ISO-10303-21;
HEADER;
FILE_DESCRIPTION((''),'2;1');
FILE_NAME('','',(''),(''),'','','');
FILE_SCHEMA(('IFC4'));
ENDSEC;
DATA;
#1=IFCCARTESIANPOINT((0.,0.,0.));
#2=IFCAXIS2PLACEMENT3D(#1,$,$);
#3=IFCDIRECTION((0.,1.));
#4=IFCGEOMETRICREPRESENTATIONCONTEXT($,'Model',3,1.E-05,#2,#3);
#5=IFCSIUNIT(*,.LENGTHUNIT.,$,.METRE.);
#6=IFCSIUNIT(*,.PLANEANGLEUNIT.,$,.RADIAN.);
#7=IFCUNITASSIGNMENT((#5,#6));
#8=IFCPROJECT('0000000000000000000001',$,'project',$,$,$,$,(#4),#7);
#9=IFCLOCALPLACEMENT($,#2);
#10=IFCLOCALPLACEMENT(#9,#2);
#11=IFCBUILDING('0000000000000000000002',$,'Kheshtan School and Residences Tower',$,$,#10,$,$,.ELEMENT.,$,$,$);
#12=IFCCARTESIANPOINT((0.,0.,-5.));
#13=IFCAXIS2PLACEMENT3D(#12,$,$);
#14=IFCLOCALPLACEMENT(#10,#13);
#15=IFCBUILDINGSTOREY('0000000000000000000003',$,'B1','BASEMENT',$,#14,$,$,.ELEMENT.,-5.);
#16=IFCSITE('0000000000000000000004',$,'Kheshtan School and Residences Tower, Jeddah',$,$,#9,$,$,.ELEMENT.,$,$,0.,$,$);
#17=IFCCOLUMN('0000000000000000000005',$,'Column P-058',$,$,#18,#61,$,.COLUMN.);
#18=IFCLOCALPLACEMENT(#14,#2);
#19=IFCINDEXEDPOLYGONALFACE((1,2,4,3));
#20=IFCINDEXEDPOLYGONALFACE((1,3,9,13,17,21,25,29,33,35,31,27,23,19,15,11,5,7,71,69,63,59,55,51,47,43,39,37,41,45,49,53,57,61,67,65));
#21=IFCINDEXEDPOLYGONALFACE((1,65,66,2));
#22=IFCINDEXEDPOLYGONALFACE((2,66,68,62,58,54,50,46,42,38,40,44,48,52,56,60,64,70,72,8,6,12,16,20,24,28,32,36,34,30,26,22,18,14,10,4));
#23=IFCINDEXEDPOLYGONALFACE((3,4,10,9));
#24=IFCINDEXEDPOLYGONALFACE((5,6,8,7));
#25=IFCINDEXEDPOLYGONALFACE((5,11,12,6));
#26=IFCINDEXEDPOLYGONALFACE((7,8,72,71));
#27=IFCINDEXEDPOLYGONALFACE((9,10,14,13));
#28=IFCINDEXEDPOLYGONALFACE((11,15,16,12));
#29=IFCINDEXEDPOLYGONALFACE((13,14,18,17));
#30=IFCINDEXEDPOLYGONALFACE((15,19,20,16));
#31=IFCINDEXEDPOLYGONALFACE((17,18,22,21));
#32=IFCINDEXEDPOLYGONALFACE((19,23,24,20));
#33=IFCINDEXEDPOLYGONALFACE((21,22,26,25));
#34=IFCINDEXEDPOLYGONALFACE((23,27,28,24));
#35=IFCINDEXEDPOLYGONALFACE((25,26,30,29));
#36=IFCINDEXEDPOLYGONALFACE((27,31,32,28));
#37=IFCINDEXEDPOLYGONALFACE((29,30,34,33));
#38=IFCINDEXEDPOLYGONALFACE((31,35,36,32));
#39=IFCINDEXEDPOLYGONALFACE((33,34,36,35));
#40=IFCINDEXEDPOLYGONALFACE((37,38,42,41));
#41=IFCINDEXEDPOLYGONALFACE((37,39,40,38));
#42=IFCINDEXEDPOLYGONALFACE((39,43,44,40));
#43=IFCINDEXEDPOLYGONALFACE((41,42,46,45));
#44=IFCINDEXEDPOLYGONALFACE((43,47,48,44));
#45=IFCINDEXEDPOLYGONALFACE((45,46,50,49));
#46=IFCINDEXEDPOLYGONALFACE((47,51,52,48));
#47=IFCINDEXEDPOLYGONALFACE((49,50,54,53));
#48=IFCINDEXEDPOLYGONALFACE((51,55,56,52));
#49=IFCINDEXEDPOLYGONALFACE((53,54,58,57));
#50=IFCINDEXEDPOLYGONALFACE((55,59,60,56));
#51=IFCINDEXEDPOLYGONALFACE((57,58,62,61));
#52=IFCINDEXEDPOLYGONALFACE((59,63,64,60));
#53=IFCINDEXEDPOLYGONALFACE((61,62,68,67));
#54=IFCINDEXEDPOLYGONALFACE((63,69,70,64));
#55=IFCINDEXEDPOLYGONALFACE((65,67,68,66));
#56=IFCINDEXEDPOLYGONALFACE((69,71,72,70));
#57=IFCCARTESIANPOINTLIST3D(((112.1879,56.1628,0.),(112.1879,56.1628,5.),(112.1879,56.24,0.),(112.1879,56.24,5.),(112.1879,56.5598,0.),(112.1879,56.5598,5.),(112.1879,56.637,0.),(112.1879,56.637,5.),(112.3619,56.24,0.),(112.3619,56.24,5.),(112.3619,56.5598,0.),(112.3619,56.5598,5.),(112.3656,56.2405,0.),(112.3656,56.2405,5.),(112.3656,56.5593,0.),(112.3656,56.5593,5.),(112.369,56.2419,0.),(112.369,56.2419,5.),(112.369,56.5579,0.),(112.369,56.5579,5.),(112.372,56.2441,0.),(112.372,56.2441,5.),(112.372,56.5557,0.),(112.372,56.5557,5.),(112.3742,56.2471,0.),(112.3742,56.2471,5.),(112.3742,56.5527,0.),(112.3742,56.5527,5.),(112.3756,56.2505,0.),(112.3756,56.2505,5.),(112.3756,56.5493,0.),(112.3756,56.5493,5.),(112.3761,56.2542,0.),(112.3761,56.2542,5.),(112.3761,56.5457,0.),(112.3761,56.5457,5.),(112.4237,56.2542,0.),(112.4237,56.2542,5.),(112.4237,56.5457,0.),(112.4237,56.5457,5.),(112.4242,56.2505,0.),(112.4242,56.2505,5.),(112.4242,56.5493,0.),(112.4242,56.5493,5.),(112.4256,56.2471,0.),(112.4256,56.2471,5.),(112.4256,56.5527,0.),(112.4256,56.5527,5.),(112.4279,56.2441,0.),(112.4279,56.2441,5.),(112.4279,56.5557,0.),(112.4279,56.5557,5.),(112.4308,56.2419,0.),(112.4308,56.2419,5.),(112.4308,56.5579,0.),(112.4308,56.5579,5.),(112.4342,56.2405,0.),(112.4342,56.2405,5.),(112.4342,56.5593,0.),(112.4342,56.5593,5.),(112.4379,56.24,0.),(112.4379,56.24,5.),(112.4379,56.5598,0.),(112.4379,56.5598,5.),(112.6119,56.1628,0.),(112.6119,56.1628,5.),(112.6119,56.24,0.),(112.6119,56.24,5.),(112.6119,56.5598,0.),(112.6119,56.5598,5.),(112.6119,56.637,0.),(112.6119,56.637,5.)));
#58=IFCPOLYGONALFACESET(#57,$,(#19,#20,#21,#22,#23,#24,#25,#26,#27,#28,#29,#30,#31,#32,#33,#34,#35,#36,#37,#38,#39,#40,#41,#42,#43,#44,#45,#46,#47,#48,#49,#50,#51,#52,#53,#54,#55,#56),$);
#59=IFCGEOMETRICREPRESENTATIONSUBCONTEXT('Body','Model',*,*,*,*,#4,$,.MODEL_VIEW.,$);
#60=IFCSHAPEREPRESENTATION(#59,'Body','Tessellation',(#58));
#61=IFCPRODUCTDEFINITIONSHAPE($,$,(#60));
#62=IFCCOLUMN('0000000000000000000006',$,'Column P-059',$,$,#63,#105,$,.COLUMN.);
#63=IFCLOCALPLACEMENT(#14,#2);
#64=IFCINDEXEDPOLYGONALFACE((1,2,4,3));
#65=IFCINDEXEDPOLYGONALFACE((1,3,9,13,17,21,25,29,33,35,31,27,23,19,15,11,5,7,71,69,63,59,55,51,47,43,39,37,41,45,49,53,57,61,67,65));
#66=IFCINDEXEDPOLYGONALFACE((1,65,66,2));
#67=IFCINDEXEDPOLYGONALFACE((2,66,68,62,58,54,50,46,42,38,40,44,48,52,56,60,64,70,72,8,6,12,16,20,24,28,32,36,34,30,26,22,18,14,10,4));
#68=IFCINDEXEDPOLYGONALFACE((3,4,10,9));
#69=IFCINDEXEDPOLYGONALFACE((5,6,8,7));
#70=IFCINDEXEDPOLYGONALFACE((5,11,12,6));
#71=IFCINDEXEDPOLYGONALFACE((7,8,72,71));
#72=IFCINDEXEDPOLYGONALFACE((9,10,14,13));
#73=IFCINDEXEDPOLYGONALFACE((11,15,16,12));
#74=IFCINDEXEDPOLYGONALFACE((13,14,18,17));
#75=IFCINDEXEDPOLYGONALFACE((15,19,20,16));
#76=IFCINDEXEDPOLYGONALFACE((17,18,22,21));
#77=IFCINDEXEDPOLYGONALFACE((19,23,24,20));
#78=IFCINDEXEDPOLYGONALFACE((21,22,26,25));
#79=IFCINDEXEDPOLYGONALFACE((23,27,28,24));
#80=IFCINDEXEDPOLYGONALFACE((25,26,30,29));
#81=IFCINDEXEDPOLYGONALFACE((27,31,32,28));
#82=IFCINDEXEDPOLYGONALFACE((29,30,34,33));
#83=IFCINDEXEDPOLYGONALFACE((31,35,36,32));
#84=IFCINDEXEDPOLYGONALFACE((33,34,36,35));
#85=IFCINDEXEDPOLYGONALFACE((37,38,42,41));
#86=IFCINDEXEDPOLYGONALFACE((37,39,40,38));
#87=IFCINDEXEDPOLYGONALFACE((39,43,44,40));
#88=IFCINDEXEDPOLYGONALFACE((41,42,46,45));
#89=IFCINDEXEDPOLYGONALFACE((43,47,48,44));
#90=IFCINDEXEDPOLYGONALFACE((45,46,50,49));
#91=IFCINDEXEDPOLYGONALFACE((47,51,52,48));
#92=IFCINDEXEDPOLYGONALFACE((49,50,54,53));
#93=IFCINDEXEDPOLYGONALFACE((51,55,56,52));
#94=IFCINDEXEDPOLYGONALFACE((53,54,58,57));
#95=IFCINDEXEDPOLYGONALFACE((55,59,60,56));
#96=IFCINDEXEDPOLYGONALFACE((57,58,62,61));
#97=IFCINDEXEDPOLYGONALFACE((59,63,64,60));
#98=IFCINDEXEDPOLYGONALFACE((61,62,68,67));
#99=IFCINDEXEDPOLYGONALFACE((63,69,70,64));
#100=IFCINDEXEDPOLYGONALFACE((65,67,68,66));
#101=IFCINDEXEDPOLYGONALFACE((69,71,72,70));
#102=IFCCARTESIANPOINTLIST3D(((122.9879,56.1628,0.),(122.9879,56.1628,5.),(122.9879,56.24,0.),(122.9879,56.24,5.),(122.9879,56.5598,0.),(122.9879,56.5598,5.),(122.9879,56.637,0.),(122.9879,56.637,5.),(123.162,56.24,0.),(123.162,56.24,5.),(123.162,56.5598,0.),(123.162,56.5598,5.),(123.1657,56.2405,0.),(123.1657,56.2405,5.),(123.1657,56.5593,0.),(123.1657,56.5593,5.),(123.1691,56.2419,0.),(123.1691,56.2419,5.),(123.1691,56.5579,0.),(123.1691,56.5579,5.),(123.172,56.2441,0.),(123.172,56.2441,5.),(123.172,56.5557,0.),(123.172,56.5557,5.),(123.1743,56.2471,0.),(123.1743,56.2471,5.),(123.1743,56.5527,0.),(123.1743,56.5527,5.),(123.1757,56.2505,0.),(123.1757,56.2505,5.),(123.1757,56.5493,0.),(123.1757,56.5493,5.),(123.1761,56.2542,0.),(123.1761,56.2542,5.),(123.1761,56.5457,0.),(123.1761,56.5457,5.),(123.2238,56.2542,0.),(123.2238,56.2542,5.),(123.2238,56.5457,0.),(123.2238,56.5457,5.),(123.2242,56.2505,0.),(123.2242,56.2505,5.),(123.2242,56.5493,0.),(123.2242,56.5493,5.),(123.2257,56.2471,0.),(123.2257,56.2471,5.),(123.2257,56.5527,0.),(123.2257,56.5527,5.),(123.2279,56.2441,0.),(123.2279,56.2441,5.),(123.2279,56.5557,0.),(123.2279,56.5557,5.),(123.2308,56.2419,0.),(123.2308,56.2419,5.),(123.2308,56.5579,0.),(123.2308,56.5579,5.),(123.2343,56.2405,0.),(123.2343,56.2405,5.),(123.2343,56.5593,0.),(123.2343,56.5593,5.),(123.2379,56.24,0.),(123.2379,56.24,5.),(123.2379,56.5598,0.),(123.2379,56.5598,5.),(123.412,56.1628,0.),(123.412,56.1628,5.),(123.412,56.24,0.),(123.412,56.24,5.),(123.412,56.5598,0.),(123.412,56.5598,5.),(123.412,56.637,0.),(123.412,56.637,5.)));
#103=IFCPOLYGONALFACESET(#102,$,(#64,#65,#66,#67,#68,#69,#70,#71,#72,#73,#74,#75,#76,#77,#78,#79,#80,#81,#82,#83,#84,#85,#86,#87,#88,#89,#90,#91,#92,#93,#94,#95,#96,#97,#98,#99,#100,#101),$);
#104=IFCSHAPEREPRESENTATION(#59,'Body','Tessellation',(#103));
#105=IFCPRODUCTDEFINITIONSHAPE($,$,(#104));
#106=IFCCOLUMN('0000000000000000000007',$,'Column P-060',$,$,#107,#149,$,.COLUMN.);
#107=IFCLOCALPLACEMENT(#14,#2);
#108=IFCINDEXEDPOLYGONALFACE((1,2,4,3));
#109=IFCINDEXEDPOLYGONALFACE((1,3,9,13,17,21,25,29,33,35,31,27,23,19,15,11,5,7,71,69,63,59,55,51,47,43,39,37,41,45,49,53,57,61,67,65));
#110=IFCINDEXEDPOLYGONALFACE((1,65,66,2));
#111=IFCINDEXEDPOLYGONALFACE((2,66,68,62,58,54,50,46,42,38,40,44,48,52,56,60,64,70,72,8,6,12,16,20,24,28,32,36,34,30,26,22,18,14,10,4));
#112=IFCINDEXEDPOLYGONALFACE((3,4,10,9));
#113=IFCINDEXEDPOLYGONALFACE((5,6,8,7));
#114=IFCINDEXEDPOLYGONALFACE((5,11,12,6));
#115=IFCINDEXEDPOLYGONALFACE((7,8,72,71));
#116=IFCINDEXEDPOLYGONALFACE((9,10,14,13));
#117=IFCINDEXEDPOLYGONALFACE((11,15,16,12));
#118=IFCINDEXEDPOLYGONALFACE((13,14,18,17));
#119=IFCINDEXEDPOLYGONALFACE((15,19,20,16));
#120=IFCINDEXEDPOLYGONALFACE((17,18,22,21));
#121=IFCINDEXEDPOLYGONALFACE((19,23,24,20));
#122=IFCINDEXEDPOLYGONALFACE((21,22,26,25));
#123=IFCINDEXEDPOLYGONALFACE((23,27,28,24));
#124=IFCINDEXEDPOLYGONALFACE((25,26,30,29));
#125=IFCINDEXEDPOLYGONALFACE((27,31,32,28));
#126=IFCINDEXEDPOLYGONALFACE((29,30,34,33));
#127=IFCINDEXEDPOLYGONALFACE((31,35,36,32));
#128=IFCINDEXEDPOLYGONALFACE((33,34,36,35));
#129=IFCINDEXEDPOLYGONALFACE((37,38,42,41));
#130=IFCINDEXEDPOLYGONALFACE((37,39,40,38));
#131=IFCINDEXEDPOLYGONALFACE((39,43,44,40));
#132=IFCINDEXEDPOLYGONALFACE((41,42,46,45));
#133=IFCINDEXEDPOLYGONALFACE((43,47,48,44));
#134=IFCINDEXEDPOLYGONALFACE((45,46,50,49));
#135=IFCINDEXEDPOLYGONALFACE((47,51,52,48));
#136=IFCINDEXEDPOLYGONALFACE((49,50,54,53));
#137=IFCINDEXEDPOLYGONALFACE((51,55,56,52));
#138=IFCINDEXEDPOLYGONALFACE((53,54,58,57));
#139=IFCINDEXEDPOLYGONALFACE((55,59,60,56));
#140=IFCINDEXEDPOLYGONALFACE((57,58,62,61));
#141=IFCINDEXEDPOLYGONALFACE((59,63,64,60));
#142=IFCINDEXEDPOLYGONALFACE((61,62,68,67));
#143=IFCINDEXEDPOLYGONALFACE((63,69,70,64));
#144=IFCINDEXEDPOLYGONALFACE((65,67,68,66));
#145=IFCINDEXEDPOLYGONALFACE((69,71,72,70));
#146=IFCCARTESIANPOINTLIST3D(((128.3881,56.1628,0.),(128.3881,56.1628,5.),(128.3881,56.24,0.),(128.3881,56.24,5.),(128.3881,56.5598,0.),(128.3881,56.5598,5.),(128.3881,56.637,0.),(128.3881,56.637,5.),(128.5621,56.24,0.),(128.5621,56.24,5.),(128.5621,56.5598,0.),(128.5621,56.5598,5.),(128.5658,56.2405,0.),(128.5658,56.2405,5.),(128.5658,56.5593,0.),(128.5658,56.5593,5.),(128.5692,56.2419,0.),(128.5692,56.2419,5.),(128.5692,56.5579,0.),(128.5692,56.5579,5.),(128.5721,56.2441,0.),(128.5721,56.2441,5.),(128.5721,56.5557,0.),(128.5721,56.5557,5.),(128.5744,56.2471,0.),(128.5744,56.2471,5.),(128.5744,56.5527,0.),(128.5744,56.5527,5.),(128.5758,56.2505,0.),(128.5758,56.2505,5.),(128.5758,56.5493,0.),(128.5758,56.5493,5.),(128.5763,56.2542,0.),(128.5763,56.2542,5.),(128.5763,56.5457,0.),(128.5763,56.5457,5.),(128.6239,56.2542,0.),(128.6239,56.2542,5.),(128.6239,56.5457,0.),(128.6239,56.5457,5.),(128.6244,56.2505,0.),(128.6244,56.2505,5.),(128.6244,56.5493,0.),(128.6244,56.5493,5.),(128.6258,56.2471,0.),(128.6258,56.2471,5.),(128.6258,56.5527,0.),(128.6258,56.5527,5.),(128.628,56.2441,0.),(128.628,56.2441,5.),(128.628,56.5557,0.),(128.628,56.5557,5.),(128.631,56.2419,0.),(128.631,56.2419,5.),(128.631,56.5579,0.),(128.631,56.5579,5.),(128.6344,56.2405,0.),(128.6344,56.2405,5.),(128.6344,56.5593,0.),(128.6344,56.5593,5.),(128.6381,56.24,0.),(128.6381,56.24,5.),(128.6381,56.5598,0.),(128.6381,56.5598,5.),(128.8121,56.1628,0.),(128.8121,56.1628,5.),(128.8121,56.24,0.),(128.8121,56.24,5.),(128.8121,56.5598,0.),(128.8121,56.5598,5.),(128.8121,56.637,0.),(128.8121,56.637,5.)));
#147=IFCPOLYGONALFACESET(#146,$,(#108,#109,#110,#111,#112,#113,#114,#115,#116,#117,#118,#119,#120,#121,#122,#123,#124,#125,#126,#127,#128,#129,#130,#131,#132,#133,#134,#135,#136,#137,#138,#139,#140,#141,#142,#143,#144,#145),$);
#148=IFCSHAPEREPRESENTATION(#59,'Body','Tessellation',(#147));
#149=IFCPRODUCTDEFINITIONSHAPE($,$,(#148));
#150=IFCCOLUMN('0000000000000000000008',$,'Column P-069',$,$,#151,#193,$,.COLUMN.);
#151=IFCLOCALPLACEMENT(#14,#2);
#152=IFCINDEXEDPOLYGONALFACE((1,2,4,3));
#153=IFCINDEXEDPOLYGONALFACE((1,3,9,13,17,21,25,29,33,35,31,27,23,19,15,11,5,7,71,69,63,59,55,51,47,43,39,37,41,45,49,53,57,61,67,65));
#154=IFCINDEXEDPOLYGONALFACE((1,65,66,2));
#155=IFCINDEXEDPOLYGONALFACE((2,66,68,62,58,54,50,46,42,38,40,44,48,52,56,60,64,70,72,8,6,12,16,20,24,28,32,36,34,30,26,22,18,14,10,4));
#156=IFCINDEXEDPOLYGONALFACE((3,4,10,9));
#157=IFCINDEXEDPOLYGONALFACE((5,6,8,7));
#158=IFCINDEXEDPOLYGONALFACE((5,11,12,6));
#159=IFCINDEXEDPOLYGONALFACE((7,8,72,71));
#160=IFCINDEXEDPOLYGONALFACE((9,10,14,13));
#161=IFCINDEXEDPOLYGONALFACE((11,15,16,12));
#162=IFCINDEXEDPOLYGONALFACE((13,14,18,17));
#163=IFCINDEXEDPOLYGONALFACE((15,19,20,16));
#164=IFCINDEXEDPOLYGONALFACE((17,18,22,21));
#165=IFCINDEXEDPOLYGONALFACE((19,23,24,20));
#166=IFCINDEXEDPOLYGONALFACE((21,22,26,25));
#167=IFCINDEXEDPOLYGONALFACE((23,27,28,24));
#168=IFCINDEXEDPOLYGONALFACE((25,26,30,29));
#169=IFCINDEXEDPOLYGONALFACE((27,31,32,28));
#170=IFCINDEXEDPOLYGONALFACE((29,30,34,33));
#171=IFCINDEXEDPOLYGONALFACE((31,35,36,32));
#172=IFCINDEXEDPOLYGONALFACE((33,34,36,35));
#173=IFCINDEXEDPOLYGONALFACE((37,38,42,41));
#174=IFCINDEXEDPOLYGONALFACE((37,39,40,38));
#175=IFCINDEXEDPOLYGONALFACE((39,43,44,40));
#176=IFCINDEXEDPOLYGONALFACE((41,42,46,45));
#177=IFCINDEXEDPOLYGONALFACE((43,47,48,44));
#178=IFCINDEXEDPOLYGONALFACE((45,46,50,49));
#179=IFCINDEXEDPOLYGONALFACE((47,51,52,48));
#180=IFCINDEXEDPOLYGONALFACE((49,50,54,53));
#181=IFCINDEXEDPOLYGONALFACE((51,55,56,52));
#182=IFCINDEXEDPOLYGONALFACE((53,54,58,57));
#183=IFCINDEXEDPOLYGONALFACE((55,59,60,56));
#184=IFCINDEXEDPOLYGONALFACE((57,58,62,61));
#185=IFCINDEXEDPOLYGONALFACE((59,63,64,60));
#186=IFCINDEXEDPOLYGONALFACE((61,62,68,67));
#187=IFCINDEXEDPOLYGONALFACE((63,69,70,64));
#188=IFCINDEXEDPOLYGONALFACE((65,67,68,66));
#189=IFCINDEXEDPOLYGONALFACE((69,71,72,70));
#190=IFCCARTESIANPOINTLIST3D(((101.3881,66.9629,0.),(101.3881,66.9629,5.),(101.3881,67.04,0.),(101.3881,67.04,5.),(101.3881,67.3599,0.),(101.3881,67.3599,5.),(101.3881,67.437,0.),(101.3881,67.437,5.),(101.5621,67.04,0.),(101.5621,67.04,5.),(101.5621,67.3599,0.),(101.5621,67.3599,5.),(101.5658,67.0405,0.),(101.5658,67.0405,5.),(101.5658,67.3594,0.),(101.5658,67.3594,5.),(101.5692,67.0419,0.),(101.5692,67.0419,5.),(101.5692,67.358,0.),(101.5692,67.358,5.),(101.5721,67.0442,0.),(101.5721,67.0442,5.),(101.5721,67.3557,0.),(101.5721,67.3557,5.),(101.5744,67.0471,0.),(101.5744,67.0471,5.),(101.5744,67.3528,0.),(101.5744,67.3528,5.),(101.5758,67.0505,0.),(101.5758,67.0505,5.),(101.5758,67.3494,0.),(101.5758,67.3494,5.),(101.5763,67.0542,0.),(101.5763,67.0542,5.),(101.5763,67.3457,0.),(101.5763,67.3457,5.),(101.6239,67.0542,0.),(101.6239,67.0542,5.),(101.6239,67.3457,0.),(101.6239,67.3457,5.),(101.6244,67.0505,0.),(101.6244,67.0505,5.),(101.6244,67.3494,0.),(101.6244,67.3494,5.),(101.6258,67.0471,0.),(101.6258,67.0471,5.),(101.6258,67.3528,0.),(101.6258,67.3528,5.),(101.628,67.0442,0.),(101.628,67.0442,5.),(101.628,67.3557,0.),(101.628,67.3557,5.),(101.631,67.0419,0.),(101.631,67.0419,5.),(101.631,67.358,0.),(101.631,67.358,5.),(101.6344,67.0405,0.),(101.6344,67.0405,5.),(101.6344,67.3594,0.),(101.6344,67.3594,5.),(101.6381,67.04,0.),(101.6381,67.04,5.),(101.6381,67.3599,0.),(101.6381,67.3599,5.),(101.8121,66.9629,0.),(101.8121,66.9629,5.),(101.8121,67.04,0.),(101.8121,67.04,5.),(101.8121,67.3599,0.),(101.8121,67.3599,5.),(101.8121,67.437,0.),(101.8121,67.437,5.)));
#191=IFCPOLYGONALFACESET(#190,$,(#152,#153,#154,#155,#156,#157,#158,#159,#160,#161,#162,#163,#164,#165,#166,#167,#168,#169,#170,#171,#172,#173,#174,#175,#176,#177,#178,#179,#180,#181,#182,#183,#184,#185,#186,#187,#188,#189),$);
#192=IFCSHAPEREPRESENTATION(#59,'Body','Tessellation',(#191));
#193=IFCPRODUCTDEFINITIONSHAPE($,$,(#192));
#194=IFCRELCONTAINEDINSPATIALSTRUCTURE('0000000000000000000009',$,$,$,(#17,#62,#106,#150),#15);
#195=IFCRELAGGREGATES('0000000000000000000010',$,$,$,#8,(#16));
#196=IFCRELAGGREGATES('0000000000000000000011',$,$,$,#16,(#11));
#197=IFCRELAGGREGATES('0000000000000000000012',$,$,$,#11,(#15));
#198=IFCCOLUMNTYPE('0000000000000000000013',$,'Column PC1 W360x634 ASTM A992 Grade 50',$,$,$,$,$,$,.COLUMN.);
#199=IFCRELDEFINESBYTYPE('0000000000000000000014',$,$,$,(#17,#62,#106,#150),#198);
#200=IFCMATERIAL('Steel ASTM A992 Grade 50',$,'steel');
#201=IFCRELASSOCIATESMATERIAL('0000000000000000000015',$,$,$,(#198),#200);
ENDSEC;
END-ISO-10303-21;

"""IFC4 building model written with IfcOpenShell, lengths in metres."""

from ifc_helpers import new_model, si_unit, direction, frame, origin, origin_2d, place, context, subcontext, project, spatial, i_section, extrude, material, material_profile, profile_set, type_object, element, save


model = new_model("IFC4")

# Units and contexts
model_context = context("Model", 3, precision=1e-05, world=origin(), true_north=direction((0.0, 1.0)))
body_context = subcontext(model_context, "Body", "Model", "MODEL_VIEW")
ifc_project = project(units=[si_unit("LENGTHUNIT", "METRE"), si_unit("PLANEANGLEUNIT", "RADIAN")], contexts=[model_context])

# Site, building, storey
site_placement = place(None, origin())
site = spatial("IfcSite", under=ifc_project, at=site_placement, Name="Kheshtan School and Residences Tower, Jeddah", CompositionType="ELEMENT", RefElevation=0.0)
building_placement = place(site_placement, origin())
building = spatial("IfcBuilding", under=site, at=building_placement, Name="Kheshtan School and Residences Tower", CompositionType="ELEMENT")
storey_placement = place(building_placement, frame((0.0, 0.0, -5.0)))
storey = spatial("IfcBuildingStorey", under=building, at=storey_placement, Name="B1", Description="BASEMENT", CompositionType="ELEMENT", Elevation=-5.0)

# Columns
ifc_material_1 = material(Name="Steel ASTM A992 Grade 50", Category="steel")
ifc_material_profile = material_profile(ifc_material_1, i_section(OverallWidth=0.4241, OverallDepth=0.4741, WebThickness=0.0476, FlangeThickness=0.0771, FilletRadius=0.0142, at=origin_2d()), Name="W360x634")
ifc_profile_set = profile_set([ifc_material_profile], Name="Steel ASTM A992 Grade 50")
column_type = type_object("IfcColumnType", Name="Column PC1 W360x634 ASTM A992 Grade 50", PredefinedType="COLUMN", material=ifc_profile_set)
for number, where, z_axis, x_axis, name in (
    (1, (112.3999, 56.3999, 0.0), (0.0, 0.0, 1.0), (1.0, 0.0, 0.0), "Column P-058"),
    (2, (123.2, 56.3999, 0.0), (0.0, 0.0, 1.0), (1.0, 0.0, 0.0), "Column P-059"),
    (3, (128.6001, 56.3999, 0.0), (0.0, 0.0, 1.0), (1.0, 0.0, 0.0), "Column P-060"),
    (4, (101.6001, 67.2, 0.0), (0.0, 0.0, 1.0), (1.0, 0.0, 0.0), "Column P-069"),
):
    element("IfcColumn", number, at=place(storey_placement, frame(where, z_axis=z_axis, x_axis=x_axis)), inside=storey, type_object=column_type, Name=name, PredefinedType="COLUMN", context=body_context, shape_type="SweptSolid", body=[
        extrude(i_section(OverallWidth=0.4241, OverallDepth=0.4741, WebThickness=0.0476, FlangeThickness=0.0771, FilletRadius=0.0142, at=origin_2d()), origin(), (0.0, 0.0, 1.0), 5.0),
    ])

save(model, "model.ifc")
